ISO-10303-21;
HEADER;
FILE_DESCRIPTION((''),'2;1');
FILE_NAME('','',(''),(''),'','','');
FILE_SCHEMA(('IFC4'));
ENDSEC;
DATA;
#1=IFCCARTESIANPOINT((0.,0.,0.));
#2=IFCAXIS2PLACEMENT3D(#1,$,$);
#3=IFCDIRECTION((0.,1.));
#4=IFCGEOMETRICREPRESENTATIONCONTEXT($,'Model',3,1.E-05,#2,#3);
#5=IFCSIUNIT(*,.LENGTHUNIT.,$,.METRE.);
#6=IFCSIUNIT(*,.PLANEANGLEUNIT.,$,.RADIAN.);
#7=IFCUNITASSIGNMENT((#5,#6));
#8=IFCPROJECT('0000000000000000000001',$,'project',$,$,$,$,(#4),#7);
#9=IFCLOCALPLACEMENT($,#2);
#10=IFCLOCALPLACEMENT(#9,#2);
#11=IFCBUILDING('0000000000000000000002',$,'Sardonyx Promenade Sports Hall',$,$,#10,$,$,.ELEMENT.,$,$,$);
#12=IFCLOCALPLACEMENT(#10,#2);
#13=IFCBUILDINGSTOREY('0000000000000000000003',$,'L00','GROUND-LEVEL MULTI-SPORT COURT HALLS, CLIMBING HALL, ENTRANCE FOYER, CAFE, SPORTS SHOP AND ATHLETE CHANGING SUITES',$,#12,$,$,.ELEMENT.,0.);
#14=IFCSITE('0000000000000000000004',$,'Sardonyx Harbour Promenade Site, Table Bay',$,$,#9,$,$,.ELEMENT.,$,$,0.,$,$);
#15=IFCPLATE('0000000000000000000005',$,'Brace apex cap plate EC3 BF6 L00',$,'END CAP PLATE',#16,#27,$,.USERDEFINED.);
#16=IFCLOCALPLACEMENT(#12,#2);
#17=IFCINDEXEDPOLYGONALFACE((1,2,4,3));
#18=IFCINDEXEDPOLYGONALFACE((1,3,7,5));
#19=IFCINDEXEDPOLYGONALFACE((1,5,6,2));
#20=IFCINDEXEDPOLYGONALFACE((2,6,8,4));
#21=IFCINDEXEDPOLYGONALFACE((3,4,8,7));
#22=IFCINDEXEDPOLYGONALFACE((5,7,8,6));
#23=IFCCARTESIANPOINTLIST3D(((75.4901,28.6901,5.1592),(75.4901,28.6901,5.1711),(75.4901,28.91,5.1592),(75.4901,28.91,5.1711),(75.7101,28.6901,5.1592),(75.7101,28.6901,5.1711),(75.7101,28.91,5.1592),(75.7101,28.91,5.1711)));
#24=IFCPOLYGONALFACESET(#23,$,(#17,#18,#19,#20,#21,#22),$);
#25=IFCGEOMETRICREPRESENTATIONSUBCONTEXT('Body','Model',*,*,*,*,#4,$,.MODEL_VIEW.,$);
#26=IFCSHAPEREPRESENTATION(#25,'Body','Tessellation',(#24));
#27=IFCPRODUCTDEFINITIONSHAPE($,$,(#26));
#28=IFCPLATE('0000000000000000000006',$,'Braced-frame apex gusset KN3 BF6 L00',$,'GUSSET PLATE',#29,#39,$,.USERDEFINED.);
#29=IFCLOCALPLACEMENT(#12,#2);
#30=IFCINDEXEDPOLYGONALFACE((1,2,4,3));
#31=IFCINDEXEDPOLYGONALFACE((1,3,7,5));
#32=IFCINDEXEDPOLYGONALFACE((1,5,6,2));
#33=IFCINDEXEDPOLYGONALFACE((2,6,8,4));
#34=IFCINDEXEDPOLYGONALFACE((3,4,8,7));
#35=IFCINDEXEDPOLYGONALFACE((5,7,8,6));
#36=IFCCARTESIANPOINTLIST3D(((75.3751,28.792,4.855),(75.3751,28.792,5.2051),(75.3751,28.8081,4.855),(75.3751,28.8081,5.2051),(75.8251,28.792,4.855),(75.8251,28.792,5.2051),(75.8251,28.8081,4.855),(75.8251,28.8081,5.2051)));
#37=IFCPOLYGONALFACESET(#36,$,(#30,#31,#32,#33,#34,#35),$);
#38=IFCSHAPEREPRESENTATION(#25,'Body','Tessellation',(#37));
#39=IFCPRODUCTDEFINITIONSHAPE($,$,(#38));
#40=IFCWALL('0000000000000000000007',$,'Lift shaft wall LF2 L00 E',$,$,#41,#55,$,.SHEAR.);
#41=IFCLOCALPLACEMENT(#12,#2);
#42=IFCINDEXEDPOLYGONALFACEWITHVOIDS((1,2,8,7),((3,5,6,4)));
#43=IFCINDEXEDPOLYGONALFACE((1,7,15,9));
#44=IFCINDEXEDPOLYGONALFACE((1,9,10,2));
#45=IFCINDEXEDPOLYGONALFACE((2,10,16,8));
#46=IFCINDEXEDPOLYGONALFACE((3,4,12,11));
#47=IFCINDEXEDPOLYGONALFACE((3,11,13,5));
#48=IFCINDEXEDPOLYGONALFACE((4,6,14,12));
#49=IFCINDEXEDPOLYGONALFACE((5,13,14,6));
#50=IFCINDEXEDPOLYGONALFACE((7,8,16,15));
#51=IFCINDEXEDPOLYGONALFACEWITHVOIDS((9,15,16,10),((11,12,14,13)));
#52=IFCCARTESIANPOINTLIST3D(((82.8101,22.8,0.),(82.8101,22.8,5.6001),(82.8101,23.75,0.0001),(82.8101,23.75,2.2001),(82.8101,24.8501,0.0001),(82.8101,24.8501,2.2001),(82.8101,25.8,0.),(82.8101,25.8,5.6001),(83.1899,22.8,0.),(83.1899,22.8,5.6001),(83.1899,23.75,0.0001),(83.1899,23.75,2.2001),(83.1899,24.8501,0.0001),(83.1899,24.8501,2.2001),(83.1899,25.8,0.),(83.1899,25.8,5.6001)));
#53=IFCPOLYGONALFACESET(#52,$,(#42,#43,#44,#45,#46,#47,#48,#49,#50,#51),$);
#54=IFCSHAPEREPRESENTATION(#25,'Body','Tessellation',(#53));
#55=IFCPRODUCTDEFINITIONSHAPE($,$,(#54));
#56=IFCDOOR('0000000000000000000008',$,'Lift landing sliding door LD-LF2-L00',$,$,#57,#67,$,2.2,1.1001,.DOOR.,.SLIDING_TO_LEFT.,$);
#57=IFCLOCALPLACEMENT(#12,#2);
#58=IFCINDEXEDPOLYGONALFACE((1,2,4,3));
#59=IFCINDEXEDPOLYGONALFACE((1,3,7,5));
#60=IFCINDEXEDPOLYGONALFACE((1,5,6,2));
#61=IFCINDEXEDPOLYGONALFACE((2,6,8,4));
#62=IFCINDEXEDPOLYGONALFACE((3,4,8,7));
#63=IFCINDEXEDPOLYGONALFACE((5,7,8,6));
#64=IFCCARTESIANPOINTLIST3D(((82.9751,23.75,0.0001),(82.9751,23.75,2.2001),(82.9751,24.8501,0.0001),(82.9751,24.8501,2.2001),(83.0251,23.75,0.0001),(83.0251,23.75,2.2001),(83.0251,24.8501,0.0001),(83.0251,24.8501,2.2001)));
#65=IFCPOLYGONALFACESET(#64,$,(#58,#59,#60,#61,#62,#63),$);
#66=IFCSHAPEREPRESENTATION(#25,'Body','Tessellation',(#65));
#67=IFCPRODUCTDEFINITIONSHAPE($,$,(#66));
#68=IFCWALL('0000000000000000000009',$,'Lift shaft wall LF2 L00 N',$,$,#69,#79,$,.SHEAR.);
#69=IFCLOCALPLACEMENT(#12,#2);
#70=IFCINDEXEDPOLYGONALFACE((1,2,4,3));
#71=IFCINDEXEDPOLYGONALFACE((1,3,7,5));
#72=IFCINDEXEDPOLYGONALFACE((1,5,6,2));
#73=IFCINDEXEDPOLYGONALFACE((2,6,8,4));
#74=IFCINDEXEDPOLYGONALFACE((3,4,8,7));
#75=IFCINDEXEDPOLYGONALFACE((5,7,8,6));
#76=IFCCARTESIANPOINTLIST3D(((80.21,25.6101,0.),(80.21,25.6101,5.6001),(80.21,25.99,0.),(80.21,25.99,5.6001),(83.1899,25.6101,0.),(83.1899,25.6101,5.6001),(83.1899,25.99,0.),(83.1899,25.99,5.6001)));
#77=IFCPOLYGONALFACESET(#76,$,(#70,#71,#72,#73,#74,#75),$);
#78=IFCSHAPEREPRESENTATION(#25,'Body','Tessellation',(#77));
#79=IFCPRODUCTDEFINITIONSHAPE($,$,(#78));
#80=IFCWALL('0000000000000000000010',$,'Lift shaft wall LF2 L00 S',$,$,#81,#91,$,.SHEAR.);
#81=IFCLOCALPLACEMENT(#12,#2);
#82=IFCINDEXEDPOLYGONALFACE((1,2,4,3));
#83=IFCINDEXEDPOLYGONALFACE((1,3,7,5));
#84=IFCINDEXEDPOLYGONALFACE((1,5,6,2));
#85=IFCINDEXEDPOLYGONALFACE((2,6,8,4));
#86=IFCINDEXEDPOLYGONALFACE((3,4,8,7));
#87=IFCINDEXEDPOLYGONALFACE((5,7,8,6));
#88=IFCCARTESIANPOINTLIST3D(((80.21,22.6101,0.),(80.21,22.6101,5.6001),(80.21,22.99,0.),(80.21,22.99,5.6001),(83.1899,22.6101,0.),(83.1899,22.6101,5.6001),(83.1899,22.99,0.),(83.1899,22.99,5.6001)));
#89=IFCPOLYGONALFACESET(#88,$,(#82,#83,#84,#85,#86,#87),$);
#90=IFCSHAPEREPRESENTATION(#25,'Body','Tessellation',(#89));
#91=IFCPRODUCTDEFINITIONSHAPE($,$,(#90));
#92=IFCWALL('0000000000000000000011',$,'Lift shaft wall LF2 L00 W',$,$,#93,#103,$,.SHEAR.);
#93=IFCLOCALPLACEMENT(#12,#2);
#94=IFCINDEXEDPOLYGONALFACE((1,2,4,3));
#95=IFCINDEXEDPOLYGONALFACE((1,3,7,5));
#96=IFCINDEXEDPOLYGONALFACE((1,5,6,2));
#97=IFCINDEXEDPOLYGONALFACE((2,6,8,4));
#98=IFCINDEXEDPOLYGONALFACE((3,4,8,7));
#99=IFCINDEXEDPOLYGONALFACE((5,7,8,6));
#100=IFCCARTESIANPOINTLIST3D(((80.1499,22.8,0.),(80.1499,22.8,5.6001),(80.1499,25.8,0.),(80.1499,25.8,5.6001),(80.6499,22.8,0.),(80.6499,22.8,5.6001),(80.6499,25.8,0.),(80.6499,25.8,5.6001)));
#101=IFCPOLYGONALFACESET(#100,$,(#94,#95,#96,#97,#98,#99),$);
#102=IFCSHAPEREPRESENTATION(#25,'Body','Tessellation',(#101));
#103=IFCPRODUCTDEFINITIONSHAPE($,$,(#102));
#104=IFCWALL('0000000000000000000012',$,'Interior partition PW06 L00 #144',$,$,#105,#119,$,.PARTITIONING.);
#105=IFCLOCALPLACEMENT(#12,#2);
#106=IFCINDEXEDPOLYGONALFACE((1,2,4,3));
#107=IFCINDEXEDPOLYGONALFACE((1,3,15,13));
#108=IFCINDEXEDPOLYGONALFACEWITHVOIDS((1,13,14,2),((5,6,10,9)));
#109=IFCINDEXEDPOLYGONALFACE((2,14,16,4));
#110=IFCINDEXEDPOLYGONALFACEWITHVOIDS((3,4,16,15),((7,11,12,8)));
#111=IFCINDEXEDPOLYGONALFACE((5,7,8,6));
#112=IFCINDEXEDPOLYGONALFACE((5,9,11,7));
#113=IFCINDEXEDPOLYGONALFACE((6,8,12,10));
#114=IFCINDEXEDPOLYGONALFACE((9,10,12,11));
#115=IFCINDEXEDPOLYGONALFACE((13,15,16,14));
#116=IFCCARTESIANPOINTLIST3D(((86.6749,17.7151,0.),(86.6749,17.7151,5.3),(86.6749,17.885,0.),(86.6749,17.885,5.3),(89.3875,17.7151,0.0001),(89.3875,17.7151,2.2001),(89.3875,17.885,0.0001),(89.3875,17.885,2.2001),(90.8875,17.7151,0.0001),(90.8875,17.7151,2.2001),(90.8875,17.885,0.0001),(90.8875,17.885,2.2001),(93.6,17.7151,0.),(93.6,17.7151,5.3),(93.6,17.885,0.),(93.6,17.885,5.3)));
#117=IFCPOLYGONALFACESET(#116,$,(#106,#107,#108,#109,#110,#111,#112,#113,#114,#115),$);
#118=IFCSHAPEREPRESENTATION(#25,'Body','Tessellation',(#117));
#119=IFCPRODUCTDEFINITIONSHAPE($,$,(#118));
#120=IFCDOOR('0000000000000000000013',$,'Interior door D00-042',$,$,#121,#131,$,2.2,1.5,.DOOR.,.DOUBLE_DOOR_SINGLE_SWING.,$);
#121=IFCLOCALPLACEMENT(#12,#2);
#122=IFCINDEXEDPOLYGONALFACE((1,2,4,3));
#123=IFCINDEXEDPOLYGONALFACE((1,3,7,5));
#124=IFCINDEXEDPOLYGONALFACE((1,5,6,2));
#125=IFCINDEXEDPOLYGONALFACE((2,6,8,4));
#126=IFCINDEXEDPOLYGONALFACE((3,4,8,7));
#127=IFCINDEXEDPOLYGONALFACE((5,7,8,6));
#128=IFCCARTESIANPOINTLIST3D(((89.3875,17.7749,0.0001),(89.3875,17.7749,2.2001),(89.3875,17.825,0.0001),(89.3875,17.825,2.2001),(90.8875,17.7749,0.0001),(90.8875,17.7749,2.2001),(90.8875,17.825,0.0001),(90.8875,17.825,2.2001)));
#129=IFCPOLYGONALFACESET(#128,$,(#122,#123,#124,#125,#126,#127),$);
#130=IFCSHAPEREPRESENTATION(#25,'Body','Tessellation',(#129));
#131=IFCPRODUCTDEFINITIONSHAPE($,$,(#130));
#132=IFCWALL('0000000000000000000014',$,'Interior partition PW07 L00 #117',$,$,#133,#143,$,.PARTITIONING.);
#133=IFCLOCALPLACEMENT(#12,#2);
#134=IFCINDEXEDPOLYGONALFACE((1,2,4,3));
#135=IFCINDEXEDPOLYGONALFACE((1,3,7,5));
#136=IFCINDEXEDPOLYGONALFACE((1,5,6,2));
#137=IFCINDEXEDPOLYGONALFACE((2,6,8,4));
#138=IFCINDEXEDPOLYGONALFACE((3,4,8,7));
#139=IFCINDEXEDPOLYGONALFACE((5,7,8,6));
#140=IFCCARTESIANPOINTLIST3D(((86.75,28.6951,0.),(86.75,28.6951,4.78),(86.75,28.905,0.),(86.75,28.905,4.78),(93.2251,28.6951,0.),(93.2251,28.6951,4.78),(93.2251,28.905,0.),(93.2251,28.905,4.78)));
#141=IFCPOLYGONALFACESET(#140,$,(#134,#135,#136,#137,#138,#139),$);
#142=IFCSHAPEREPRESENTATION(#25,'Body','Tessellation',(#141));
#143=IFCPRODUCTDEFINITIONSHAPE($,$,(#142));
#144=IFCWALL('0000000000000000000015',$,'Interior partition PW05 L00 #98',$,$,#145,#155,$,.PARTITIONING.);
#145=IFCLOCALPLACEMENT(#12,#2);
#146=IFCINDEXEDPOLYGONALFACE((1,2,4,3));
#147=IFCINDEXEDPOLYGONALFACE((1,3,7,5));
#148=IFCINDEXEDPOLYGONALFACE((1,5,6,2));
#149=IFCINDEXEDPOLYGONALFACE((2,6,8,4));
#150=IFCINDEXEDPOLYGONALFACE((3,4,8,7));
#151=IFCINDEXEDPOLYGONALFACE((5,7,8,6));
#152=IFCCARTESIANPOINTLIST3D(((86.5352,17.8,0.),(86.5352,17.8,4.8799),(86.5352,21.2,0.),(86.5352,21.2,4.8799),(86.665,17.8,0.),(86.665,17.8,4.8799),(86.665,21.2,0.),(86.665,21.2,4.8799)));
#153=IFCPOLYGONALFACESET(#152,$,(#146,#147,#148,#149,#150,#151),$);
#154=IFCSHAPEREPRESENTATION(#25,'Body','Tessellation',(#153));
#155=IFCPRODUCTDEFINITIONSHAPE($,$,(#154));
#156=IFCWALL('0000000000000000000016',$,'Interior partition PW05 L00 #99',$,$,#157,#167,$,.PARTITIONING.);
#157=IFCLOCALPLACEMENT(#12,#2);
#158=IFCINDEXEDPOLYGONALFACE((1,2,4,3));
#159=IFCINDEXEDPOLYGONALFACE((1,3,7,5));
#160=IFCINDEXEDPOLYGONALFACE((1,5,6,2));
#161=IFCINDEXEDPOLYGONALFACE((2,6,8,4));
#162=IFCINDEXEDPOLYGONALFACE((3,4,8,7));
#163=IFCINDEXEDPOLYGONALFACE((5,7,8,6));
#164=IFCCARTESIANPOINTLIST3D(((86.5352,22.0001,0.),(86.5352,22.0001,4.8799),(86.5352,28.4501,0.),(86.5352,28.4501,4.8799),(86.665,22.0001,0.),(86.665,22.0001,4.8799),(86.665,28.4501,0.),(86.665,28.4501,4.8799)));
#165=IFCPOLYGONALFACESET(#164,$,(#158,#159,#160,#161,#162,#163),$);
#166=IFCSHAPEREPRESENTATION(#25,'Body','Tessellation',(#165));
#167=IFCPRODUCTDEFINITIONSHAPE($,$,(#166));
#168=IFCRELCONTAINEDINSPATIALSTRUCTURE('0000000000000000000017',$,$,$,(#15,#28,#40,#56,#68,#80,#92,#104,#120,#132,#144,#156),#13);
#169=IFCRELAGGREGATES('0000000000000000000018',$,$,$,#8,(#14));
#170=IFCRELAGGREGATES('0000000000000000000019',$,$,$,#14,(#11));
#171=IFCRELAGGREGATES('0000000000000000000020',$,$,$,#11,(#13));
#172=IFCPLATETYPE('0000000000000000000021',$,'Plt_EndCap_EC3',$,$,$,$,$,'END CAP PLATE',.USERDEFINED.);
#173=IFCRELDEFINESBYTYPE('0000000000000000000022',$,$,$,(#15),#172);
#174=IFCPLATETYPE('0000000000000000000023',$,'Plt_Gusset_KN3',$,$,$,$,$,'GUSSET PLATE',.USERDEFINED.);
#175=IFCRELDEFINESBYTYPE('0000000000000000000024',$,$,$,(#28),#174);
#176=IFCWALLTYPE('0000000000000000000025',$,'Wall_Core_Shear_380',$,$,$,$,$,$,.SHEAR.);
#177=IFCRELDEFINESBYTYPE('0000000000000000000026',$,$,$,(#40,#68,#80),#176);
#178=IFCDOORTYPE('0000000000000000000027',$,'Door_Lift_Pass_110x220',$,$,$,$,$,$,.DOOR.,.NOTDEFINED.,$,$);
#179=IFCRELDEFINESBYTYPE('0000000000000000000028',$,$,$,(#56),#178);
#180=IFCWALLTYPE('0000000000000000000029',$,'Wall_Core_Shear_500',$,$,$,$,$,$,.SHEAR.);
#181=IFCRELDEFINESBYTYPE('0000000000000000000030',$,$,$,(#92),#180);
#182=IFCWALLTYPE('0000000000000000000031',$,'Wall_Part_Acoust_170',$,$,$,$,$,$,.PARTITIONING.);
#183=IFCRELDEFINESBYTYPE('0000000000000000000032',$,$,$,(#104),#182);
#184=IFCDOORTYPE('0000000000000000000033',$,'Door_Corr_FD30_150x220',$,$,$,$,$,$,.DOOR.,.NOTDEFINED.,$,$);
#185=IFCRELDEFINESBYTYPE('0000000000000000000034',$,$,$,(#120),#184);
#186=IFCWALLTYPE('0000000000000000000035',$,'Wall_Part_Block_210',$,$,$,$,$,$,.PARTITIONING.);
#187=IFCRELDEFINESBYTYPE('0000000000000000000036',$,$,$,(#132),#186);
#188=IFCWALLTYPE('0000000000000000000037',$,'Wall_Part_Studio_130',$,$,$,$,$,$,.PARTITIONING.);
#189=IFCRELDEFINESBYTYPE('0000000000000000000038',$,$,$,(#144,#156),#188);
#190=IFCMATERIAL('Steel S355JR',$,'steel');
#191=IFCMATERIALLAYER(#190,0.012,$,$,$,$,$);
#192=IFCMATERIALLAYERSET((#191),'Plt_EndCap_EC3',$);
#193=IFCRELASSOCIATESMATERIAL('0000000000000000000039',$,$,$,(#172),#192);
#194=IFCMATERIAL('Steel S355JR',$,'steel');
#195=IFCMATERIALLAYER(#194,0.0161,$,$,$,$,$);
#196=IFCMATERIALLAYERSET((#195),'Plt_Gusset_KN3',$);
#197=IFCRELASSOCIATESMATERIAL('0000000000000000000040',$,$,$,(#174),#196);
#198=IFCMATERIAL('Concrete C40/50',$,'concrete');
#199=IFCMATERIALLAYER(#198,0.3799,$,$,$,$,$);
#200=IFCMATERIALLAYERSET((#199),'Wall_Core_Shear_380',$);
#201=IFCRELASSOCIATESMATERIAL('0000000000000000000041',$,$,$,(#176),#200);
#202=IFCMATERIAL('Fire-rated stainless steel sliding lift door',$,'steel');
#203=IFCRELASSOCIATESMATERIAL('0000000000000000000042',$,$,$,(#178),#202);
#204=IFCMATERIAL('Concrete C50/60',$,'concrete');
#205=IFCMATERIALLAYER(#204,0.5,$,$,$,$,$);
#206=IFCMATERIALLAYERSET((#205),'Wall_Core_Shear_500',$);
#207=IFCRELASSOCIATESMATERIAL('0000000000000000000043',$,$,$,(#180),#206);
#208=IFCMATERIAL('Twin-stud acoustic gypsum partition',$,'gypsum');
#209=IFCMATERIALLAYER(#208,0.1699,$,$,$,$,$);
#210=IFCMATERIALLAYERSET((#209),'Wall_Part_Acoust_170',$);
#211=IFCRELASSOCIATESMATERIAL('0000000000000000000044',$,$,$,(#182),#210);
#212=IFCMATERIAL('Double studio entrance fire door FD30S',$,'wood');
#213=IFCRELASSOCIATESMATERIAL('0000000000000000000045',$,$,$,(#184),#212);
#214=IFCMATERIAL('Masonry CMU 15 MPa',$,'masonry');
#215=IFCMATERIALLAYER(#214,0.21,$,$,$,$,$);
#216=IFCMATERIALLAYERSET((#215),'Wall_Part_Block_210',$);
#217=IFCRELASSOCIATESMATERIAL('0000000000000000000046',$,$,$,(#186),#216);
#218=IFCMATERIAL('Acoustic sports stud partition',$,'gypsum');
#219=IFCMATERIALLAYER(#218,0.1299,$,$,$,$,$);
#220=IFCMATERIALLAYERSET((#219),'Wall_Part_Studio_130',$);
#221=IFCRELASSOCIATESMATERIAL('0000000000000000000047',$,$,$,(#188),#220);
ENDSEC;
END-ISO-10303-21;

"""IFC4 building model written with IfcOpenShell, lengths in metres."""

from ifc_helpers import new_model, si_unit, direction, frame, frame_2d, origin, origin_2d, place, context, subcontext, project, spatial, rectangle, extrude, material, layer, layer_set, type_object, element, fill, save


model = new_model("IFC4")

# Units and contexts
model_context = context("Model", 3, precision=1e-05, world=origin(), true_north=direction((0.0, 1.0)))
body_context = subcontext(model_context, "Body", "Model", "MODEL_VIEW")
ifc_project = project(units=[si_unit("LENGTHUNIT", "METRE"), si_unit("PLANEANGLEUNIT", "RADIAN")], contexts=[model_context])

# Site, building, storey
site_placement = place(None, origin())
site = spatial("IfcSite", under=ifc_project, at=site_placement, Name="Sardonyx Harbour Promenade Site, Table Bay", CompositionType="ELEMENT", RefElevation=0.0)
building_placement = place(site_placement, origin())
building = spatial("IfcBuilding", under=site, at=building_placement, Name="Sardonyx Promenade Sports Hall", CompositionType="ELEMENT")
storey_placement = place(building_placement, origin())
storey = spatial("IfcBuildingStorey", under=building, at=storey_placement, Name="L00", Description="GROUND-LEVEL MULTI-SPORT COURT HALLS, CLIMBING HALL, ENTRANCE FOYER, CAFE, SPORTS SHOP AND ATHLETE CHANGING SUITES", CompositionType="ELEMENT", Elevation=0.0)

# Plates
ifc_material_1 = material(Name="Steel S355JR", Category="steel")
ifc_layer_1 = layer(ifc_material_1, 0.012)
ifc_layer_set_1 = layer_set([ifc_layer_1], Name="Plt_EndCap_EC3")
plate_type_1 = type_object("IfcPlateType", Name="Plt_EndCap_EC3", ElementType="END CAP PLATE", PredefinedType="USERDEFINED", material=ifc_layer_set_1)
for number, where, z_axis, x_axis, name in (
    (1, (75.6001, 28.8, 5.1592), (0.0, 0.0, 1.0), (1.0, 0.0, 0.0), "Brace apex cap plate EC3 BF6 L00"),
):
    element("IfcPlate", number, at=place(storey_placement, frame(where, z_axis=z_axis, x_axis=x_axis)), inside=storey, type_object=plate_type_1, Name=name, ObjectType="END CAP PLATE", PredefinedType="USERDEFINED", context=body_context, shape_type="SweptSolid", body=[
        extrude(rectangle(XDim=0.22, YDim=0.22, at=origin_2d()), origin(), (0.0, 0.0, 1.0), 0.012),
    ])
ifc_material_2 = material(Name="Steel S355JR", Category="steel")
ifc_layer_2 = layer(ifc_material_2, 0.0161)
ifc_layer_set_2 = layer_set([ifc_layer_2], Name="Plt_Gusset_KN3")
plate_type_2 = type_object("IfcPlateType", Name="Plt_Gusset_KN3", ElementType="GUSSET PLATE", PredefinedType="USERDEFINED", material=ifc_layer_set_2)
plate_placement = place(storey_placement, frame((75.6001, 28.8, 4.855), z_axis=(0.0, 0.0, 1.0), x_axis=(1.0, 0.0, 0.0)))
element("IfcPlate", 2, at=plate_placement, inside=storey, type_object=plate_type_2, Name="Braced-frame apex gusset KN3 BF6 L00", ObjectType="GUSSET PLATE", PredefinedType="USERDEFINED", context=body_context, shape_type="SweptSolid", body=[
    extrude(rectangle(XDim=0.45, YDim=0.0161, at=origin_2d()), origin(), (0.0, 0.0, 1.0), 0.3501),
])

# Wall, opening, door
ifc_material_3 = material(Name="Concrete C40/50", Category="concrete")
ifc_layer_3 = layer(ifc_material_3, 0.3799)
ifc_layer_set_3 = layer_set([ifc_layer_3], Name="Wall_Core_Shear_380")
wall_type_1 = type_object("IfcWallType", Name="Wall_Core_Shear_380", PredefinedType="SHEAR", material=ifc_layer_set_3)
wall_1_placement = place(storey_placement, frame((83.0, 22.8, 0.0), z_axis=(0.0, 0.0, 1.0), x_axis=(0.0, 1.0, 0.0)))
wall_1 = element("IfcWall", 3, at=wall_1_placement, inside=storey, type_object=wall_type_1, Name="Lift shaft wall LF2 L00 E", PredefinedType="SHEAR", context=body_context, shape_type="SweptSolid", body=[
    extrude(rectangle(XDim=3.0, YDim=0.3799, at=frame_2d((1.5, 0.0))), origin(), (0.0, 0.0, 1.0), 5.6001),
])
opening_1_placement = place(wall_1_placement, frame((0.95, 0.0, 0.0)))
opening_1 = element("IfcOpeningElement", 4, at=opening_1_placement, cuts=wall_1, PredefinedType="OPENING", context=body_context, shape_type="SweptSolid", body=[
    extrude(rectangle(XDim=1.1001, YDim=2.2, at=frame_2d((0.55, 1.1001))), frame((0.0, 0.2, 0.0), z_axis=(0.0, -1.0, 0.0), x_axis=(1.0, 0.0, 0.0)), (0.0, 0.0, 1.0), 0.4),
])
ifc_material_4 = material(Name="Fire-rated stainless steel sliding lift door", Category="steel")
door_type_1 = type_object("IfcDoorType", Name="Door_Lift_Pass_110x220", OperationType="NOTDEFINED", PredefinedType="DOOR", material=ifc_material_4)
door_1_placement = place(opening_1_placement, origin())
door_1 = element("IfcDoor", 5, at=door_1_placement, inside=storey, type_object=door_type_1, Name="Lift landing sliding door LD-LF2-L00", OperationType="SLIDING_TO_LEFT", OverallHeight=2.2, OverallWidth=1.1001, PredefinedType="DOOR", context=body_context, shape_type="SweptSolid", body=[
    extrude(rectangle(XDim=1.1001, YDim=2.2, at=frame_2d((0.55, 1.1001))), frame((0.0, 0.0249, 0.0), z_axis=(0.0, -1.0, 0.0), x_axis=(1.0, 0.0, 0.0)), (0.0, 0.0, 1.0), 0.05),
])
fill(opening_1, door_1)

# Walls
for number, where, z_axis, x_axis, name in (
    (6, (80.21, 25.8, 0.0), (0.0, 0.0, 1.0), (1.0, 0.0, 0.0), "Lift shaft wall LF2 L00 N"),
    (7, (83.1899, 22.8, 0.0), (0.0, 0.0, 1.0), (-1.0, 0.0, 0.0), "Lift shaft wall LF2 L00 S"),
):
    element("IfcWall", number, at=place(storey_placement, frame(where, z_axis=z_axis, x_axis=x_axis)), inside=storey, type_object=wall_type_1, Name=name, PredefinedType="SHEAR", context=body_context, shape_type="SweptSolid", body=[
        extrude(rectangle(XDim=2.98, YDim=0.3799, at=frame_2d((1.49, 0.0))), origin(), (0.0, 0.0, 1.0), 5.6001),
    ])
ifc_material_5 = material(Name="Concrete C50/60", Category="concrete")
ifc_layer_4 = layer(ifc_material_5, 0.5)
ifc_layer_set_4 = layer_set([ifc_layer_4], Name="Wall_Core_Shear_500")
wall_type_2 = type_object("IfcWallType", Name="Wall_Core_Shear_500", PredefinedType="SHEAR", material=ifc_layer_set_4)
wall_2_placement = place(storey_placement, frame((80.3999, 25.8, 0.0), z_axis=(0.0, 0.0, 1.0), x_axis=(0.0, -1.0, 0.0)))
element("IfcWall", 8, at=wall_2_placement, inside=storey, type_object=wall_type_2, Name="Lift shaft wall LF2 L00 W", PredefinedType="SHEAR", context=body_context, shape_type="SweptSolid", body=[
    extrude(rectangle(XDim=3.0, YDim=0.5, at=frame_2d((1.5, 0.0))), origin(), (0.0, 0.0, 1.0), 5.6001),
])

# Wall, opening, door
ifc_material_6 = material(Name="Twin-stud acoustic gypsum partition", Category="gypsum")
ifc_layer_5 = layer(ifc_material_6, 0.1699)
ifc_layer_set_5 = layer_set([ifc_layer_5], Name="Wall_Part_Acoust_170")
wall_type_3 = type_object("IfcWallType", Name="Wall_Part_Acoust_170", PredefinedType="PARTITIONING", material=ifc_layer_set_5)
wall_3_placement = place(storey_placement, frame((86.675, 17.8, 0.0), z_axis=(0.0, 0.0, 1.0), x_axis=(1.0, 0.0, 0.0)))
wall_3 = element("IfcWall", 9, at=wall_3_placement, inside=storey, type_object=wall_type_3, Name="Interior partition PW06 L00 #144", PredefinedType="PARTITIONING", context=body_context, shape_type="SweptSolid", body=[
    extrude(rectangle(XDim=6.925, YDim=0.1699, at=frame_2d((3.4624, 0.0))), origin(), (0.0, 0.0, 1.0), 5.3),
])
opening_2_placement = place(wall_3_placement, frame((2.7124, 0.0, 0.0)))
opening_2 = element("IfcOpeningElement", 10, at=opening_2_placement, cuts=wall_3, PredefinedType="OPENING", context=body_context, shape_type="SweptSolid", body=[
    extrude(rectangle(XDim=1.5, YDim=2.2, at=frame_2d((0.75, 1.1001))), frame((0.0, 0.095, 0.0), z_axis=(0.0, -1.0, 0.0), x_axis=(1.0, 0.0, 0.0)), (0.0, 0.0, 1.0), 0.19),
])
ifc_material_7 = material(Name="Double studio entrance fire door FD30S", Category="wood")
door_type_2 = type_object("IfcDoorType", Name="Door_Corr_FD30_150x220", OperationType="NOTDEFINED", PredefinedType="DOOR", material=ifc_material_7)
door_2_placement = place(opening_2_placement, origin())
door_2 = element("IfcDoor", 11, at=door_2_placement, inside=storey, type_object=door_type_2, Name="Interior door D00-042", OperationType="DOUBLE_DOOR_SINGLE_SWING", OverallHeight=2.2, OverallWidth=1.5, PredefinedType="DOOR", context=body_context, shape_type="SweptSolid", body=[
    extrude(rectangle(XDim=1.5, YDim=2.2, at=frame_2d((0.75, 1.1001))), frame((0.0, 0.0249, 0.0), z_axis=(0.0, -1.0, 0.0), x_axis=(1.0, 0.0, 0.0)), (0.0, 0.0, 1.0), 0.05),
])
fill(opening_2, door_2)

# Walls
ifc_material_8 = material(Name="Masonry CMU 15 MPa", Category="masonry")
ifc_layer_6 = layer(ifc_material_8, 0.21)
ifc_layer_set_6 = layer_set([ifc_layer_6], Name="Wall_Part_Block_210")
wall_type_4 = type_object("IfcWallType", Name="Wall_Part_Block_210", PredefinedType="PARTITIONING", material=ifc_layer_set_6)
wall_4_placement = place(storey_placement, frame((86.75, 28.8, 0.0), z_axis=(0.0, 0.0, 1.0), x_axis=(1.0, 0.0, 0.0)))
element("IfcWall", 12, at=wall_4_placement, inside=storey, type_object=wall_type_4, Name="Interior partition PW07 L00 #117", PredefinedType="PARTITIONING", context=body_context, shape_type="SweptSolid", body=[
    extrude(rectangle(XDim=6.4751, YDim=0.21, at=frame_2d((3.2375, 0.0))), origin(), (0.0, 0.0, 1.0), 4.78),
])
ifc_material_9 = material(Name="Acoustic sports stud partition", Category="gypsum")
ifc_layer_7 = layer(ifc_material_9, 0.1299)
ifc_layer_set_7 = layer_set([ifc_layer_7], Name="Wall_Part_Studio_130")
wall_type_5 = type_object("IfcWallType", Name="Wall_Part_Studio_130", PredefinedType="PARTITIONING", material=ifc_layer_set_7)
wall_5_placement = place(storey_placement, frame((86.6001, 17.8, 0.0), z_axis=(0.0, 0.0, 1.0), x_axis=(0.0, 1.0, 0.0)))
element("IfcWall", 13, at=wall_5_placement, inside=storey, type_object=wall_type_5, Name="Interior partition PW05 L00 #98", PredefinedType="PARTITIONING", context=body_context, shape_type="SweptSolid", body=[
    extrude(rectangle(XDim=3.3999, YDim=0.1299, at=frame_2d((1.7, 0.0))), origin(), (0.0, 0.0, 1.0), 4.8799),
])
wall_6_placement = place(storey_placement, frame((86.6001, 22.0, 0.0), z_axis=(0.0, 0.0, 1.0), x_axis=(0.0, 1.0, 0.0)))
element("IfcWall", 14, at=wall_6_placement, inside=storey, type_object=wall_type_5, Name="Interior partition PW05 L00 #99", PredefinedType="PARTITIONING", context=body_context, shape_type="SweptSolid", body=[
    extrude(rectangle(XDim=6.45, YDim=0.1299, at=frame_2d((3.2251, 0.0))), origin(), (0.0, 0.0, 1.0), 4.8799),
])

save(model, "model.ifc")
